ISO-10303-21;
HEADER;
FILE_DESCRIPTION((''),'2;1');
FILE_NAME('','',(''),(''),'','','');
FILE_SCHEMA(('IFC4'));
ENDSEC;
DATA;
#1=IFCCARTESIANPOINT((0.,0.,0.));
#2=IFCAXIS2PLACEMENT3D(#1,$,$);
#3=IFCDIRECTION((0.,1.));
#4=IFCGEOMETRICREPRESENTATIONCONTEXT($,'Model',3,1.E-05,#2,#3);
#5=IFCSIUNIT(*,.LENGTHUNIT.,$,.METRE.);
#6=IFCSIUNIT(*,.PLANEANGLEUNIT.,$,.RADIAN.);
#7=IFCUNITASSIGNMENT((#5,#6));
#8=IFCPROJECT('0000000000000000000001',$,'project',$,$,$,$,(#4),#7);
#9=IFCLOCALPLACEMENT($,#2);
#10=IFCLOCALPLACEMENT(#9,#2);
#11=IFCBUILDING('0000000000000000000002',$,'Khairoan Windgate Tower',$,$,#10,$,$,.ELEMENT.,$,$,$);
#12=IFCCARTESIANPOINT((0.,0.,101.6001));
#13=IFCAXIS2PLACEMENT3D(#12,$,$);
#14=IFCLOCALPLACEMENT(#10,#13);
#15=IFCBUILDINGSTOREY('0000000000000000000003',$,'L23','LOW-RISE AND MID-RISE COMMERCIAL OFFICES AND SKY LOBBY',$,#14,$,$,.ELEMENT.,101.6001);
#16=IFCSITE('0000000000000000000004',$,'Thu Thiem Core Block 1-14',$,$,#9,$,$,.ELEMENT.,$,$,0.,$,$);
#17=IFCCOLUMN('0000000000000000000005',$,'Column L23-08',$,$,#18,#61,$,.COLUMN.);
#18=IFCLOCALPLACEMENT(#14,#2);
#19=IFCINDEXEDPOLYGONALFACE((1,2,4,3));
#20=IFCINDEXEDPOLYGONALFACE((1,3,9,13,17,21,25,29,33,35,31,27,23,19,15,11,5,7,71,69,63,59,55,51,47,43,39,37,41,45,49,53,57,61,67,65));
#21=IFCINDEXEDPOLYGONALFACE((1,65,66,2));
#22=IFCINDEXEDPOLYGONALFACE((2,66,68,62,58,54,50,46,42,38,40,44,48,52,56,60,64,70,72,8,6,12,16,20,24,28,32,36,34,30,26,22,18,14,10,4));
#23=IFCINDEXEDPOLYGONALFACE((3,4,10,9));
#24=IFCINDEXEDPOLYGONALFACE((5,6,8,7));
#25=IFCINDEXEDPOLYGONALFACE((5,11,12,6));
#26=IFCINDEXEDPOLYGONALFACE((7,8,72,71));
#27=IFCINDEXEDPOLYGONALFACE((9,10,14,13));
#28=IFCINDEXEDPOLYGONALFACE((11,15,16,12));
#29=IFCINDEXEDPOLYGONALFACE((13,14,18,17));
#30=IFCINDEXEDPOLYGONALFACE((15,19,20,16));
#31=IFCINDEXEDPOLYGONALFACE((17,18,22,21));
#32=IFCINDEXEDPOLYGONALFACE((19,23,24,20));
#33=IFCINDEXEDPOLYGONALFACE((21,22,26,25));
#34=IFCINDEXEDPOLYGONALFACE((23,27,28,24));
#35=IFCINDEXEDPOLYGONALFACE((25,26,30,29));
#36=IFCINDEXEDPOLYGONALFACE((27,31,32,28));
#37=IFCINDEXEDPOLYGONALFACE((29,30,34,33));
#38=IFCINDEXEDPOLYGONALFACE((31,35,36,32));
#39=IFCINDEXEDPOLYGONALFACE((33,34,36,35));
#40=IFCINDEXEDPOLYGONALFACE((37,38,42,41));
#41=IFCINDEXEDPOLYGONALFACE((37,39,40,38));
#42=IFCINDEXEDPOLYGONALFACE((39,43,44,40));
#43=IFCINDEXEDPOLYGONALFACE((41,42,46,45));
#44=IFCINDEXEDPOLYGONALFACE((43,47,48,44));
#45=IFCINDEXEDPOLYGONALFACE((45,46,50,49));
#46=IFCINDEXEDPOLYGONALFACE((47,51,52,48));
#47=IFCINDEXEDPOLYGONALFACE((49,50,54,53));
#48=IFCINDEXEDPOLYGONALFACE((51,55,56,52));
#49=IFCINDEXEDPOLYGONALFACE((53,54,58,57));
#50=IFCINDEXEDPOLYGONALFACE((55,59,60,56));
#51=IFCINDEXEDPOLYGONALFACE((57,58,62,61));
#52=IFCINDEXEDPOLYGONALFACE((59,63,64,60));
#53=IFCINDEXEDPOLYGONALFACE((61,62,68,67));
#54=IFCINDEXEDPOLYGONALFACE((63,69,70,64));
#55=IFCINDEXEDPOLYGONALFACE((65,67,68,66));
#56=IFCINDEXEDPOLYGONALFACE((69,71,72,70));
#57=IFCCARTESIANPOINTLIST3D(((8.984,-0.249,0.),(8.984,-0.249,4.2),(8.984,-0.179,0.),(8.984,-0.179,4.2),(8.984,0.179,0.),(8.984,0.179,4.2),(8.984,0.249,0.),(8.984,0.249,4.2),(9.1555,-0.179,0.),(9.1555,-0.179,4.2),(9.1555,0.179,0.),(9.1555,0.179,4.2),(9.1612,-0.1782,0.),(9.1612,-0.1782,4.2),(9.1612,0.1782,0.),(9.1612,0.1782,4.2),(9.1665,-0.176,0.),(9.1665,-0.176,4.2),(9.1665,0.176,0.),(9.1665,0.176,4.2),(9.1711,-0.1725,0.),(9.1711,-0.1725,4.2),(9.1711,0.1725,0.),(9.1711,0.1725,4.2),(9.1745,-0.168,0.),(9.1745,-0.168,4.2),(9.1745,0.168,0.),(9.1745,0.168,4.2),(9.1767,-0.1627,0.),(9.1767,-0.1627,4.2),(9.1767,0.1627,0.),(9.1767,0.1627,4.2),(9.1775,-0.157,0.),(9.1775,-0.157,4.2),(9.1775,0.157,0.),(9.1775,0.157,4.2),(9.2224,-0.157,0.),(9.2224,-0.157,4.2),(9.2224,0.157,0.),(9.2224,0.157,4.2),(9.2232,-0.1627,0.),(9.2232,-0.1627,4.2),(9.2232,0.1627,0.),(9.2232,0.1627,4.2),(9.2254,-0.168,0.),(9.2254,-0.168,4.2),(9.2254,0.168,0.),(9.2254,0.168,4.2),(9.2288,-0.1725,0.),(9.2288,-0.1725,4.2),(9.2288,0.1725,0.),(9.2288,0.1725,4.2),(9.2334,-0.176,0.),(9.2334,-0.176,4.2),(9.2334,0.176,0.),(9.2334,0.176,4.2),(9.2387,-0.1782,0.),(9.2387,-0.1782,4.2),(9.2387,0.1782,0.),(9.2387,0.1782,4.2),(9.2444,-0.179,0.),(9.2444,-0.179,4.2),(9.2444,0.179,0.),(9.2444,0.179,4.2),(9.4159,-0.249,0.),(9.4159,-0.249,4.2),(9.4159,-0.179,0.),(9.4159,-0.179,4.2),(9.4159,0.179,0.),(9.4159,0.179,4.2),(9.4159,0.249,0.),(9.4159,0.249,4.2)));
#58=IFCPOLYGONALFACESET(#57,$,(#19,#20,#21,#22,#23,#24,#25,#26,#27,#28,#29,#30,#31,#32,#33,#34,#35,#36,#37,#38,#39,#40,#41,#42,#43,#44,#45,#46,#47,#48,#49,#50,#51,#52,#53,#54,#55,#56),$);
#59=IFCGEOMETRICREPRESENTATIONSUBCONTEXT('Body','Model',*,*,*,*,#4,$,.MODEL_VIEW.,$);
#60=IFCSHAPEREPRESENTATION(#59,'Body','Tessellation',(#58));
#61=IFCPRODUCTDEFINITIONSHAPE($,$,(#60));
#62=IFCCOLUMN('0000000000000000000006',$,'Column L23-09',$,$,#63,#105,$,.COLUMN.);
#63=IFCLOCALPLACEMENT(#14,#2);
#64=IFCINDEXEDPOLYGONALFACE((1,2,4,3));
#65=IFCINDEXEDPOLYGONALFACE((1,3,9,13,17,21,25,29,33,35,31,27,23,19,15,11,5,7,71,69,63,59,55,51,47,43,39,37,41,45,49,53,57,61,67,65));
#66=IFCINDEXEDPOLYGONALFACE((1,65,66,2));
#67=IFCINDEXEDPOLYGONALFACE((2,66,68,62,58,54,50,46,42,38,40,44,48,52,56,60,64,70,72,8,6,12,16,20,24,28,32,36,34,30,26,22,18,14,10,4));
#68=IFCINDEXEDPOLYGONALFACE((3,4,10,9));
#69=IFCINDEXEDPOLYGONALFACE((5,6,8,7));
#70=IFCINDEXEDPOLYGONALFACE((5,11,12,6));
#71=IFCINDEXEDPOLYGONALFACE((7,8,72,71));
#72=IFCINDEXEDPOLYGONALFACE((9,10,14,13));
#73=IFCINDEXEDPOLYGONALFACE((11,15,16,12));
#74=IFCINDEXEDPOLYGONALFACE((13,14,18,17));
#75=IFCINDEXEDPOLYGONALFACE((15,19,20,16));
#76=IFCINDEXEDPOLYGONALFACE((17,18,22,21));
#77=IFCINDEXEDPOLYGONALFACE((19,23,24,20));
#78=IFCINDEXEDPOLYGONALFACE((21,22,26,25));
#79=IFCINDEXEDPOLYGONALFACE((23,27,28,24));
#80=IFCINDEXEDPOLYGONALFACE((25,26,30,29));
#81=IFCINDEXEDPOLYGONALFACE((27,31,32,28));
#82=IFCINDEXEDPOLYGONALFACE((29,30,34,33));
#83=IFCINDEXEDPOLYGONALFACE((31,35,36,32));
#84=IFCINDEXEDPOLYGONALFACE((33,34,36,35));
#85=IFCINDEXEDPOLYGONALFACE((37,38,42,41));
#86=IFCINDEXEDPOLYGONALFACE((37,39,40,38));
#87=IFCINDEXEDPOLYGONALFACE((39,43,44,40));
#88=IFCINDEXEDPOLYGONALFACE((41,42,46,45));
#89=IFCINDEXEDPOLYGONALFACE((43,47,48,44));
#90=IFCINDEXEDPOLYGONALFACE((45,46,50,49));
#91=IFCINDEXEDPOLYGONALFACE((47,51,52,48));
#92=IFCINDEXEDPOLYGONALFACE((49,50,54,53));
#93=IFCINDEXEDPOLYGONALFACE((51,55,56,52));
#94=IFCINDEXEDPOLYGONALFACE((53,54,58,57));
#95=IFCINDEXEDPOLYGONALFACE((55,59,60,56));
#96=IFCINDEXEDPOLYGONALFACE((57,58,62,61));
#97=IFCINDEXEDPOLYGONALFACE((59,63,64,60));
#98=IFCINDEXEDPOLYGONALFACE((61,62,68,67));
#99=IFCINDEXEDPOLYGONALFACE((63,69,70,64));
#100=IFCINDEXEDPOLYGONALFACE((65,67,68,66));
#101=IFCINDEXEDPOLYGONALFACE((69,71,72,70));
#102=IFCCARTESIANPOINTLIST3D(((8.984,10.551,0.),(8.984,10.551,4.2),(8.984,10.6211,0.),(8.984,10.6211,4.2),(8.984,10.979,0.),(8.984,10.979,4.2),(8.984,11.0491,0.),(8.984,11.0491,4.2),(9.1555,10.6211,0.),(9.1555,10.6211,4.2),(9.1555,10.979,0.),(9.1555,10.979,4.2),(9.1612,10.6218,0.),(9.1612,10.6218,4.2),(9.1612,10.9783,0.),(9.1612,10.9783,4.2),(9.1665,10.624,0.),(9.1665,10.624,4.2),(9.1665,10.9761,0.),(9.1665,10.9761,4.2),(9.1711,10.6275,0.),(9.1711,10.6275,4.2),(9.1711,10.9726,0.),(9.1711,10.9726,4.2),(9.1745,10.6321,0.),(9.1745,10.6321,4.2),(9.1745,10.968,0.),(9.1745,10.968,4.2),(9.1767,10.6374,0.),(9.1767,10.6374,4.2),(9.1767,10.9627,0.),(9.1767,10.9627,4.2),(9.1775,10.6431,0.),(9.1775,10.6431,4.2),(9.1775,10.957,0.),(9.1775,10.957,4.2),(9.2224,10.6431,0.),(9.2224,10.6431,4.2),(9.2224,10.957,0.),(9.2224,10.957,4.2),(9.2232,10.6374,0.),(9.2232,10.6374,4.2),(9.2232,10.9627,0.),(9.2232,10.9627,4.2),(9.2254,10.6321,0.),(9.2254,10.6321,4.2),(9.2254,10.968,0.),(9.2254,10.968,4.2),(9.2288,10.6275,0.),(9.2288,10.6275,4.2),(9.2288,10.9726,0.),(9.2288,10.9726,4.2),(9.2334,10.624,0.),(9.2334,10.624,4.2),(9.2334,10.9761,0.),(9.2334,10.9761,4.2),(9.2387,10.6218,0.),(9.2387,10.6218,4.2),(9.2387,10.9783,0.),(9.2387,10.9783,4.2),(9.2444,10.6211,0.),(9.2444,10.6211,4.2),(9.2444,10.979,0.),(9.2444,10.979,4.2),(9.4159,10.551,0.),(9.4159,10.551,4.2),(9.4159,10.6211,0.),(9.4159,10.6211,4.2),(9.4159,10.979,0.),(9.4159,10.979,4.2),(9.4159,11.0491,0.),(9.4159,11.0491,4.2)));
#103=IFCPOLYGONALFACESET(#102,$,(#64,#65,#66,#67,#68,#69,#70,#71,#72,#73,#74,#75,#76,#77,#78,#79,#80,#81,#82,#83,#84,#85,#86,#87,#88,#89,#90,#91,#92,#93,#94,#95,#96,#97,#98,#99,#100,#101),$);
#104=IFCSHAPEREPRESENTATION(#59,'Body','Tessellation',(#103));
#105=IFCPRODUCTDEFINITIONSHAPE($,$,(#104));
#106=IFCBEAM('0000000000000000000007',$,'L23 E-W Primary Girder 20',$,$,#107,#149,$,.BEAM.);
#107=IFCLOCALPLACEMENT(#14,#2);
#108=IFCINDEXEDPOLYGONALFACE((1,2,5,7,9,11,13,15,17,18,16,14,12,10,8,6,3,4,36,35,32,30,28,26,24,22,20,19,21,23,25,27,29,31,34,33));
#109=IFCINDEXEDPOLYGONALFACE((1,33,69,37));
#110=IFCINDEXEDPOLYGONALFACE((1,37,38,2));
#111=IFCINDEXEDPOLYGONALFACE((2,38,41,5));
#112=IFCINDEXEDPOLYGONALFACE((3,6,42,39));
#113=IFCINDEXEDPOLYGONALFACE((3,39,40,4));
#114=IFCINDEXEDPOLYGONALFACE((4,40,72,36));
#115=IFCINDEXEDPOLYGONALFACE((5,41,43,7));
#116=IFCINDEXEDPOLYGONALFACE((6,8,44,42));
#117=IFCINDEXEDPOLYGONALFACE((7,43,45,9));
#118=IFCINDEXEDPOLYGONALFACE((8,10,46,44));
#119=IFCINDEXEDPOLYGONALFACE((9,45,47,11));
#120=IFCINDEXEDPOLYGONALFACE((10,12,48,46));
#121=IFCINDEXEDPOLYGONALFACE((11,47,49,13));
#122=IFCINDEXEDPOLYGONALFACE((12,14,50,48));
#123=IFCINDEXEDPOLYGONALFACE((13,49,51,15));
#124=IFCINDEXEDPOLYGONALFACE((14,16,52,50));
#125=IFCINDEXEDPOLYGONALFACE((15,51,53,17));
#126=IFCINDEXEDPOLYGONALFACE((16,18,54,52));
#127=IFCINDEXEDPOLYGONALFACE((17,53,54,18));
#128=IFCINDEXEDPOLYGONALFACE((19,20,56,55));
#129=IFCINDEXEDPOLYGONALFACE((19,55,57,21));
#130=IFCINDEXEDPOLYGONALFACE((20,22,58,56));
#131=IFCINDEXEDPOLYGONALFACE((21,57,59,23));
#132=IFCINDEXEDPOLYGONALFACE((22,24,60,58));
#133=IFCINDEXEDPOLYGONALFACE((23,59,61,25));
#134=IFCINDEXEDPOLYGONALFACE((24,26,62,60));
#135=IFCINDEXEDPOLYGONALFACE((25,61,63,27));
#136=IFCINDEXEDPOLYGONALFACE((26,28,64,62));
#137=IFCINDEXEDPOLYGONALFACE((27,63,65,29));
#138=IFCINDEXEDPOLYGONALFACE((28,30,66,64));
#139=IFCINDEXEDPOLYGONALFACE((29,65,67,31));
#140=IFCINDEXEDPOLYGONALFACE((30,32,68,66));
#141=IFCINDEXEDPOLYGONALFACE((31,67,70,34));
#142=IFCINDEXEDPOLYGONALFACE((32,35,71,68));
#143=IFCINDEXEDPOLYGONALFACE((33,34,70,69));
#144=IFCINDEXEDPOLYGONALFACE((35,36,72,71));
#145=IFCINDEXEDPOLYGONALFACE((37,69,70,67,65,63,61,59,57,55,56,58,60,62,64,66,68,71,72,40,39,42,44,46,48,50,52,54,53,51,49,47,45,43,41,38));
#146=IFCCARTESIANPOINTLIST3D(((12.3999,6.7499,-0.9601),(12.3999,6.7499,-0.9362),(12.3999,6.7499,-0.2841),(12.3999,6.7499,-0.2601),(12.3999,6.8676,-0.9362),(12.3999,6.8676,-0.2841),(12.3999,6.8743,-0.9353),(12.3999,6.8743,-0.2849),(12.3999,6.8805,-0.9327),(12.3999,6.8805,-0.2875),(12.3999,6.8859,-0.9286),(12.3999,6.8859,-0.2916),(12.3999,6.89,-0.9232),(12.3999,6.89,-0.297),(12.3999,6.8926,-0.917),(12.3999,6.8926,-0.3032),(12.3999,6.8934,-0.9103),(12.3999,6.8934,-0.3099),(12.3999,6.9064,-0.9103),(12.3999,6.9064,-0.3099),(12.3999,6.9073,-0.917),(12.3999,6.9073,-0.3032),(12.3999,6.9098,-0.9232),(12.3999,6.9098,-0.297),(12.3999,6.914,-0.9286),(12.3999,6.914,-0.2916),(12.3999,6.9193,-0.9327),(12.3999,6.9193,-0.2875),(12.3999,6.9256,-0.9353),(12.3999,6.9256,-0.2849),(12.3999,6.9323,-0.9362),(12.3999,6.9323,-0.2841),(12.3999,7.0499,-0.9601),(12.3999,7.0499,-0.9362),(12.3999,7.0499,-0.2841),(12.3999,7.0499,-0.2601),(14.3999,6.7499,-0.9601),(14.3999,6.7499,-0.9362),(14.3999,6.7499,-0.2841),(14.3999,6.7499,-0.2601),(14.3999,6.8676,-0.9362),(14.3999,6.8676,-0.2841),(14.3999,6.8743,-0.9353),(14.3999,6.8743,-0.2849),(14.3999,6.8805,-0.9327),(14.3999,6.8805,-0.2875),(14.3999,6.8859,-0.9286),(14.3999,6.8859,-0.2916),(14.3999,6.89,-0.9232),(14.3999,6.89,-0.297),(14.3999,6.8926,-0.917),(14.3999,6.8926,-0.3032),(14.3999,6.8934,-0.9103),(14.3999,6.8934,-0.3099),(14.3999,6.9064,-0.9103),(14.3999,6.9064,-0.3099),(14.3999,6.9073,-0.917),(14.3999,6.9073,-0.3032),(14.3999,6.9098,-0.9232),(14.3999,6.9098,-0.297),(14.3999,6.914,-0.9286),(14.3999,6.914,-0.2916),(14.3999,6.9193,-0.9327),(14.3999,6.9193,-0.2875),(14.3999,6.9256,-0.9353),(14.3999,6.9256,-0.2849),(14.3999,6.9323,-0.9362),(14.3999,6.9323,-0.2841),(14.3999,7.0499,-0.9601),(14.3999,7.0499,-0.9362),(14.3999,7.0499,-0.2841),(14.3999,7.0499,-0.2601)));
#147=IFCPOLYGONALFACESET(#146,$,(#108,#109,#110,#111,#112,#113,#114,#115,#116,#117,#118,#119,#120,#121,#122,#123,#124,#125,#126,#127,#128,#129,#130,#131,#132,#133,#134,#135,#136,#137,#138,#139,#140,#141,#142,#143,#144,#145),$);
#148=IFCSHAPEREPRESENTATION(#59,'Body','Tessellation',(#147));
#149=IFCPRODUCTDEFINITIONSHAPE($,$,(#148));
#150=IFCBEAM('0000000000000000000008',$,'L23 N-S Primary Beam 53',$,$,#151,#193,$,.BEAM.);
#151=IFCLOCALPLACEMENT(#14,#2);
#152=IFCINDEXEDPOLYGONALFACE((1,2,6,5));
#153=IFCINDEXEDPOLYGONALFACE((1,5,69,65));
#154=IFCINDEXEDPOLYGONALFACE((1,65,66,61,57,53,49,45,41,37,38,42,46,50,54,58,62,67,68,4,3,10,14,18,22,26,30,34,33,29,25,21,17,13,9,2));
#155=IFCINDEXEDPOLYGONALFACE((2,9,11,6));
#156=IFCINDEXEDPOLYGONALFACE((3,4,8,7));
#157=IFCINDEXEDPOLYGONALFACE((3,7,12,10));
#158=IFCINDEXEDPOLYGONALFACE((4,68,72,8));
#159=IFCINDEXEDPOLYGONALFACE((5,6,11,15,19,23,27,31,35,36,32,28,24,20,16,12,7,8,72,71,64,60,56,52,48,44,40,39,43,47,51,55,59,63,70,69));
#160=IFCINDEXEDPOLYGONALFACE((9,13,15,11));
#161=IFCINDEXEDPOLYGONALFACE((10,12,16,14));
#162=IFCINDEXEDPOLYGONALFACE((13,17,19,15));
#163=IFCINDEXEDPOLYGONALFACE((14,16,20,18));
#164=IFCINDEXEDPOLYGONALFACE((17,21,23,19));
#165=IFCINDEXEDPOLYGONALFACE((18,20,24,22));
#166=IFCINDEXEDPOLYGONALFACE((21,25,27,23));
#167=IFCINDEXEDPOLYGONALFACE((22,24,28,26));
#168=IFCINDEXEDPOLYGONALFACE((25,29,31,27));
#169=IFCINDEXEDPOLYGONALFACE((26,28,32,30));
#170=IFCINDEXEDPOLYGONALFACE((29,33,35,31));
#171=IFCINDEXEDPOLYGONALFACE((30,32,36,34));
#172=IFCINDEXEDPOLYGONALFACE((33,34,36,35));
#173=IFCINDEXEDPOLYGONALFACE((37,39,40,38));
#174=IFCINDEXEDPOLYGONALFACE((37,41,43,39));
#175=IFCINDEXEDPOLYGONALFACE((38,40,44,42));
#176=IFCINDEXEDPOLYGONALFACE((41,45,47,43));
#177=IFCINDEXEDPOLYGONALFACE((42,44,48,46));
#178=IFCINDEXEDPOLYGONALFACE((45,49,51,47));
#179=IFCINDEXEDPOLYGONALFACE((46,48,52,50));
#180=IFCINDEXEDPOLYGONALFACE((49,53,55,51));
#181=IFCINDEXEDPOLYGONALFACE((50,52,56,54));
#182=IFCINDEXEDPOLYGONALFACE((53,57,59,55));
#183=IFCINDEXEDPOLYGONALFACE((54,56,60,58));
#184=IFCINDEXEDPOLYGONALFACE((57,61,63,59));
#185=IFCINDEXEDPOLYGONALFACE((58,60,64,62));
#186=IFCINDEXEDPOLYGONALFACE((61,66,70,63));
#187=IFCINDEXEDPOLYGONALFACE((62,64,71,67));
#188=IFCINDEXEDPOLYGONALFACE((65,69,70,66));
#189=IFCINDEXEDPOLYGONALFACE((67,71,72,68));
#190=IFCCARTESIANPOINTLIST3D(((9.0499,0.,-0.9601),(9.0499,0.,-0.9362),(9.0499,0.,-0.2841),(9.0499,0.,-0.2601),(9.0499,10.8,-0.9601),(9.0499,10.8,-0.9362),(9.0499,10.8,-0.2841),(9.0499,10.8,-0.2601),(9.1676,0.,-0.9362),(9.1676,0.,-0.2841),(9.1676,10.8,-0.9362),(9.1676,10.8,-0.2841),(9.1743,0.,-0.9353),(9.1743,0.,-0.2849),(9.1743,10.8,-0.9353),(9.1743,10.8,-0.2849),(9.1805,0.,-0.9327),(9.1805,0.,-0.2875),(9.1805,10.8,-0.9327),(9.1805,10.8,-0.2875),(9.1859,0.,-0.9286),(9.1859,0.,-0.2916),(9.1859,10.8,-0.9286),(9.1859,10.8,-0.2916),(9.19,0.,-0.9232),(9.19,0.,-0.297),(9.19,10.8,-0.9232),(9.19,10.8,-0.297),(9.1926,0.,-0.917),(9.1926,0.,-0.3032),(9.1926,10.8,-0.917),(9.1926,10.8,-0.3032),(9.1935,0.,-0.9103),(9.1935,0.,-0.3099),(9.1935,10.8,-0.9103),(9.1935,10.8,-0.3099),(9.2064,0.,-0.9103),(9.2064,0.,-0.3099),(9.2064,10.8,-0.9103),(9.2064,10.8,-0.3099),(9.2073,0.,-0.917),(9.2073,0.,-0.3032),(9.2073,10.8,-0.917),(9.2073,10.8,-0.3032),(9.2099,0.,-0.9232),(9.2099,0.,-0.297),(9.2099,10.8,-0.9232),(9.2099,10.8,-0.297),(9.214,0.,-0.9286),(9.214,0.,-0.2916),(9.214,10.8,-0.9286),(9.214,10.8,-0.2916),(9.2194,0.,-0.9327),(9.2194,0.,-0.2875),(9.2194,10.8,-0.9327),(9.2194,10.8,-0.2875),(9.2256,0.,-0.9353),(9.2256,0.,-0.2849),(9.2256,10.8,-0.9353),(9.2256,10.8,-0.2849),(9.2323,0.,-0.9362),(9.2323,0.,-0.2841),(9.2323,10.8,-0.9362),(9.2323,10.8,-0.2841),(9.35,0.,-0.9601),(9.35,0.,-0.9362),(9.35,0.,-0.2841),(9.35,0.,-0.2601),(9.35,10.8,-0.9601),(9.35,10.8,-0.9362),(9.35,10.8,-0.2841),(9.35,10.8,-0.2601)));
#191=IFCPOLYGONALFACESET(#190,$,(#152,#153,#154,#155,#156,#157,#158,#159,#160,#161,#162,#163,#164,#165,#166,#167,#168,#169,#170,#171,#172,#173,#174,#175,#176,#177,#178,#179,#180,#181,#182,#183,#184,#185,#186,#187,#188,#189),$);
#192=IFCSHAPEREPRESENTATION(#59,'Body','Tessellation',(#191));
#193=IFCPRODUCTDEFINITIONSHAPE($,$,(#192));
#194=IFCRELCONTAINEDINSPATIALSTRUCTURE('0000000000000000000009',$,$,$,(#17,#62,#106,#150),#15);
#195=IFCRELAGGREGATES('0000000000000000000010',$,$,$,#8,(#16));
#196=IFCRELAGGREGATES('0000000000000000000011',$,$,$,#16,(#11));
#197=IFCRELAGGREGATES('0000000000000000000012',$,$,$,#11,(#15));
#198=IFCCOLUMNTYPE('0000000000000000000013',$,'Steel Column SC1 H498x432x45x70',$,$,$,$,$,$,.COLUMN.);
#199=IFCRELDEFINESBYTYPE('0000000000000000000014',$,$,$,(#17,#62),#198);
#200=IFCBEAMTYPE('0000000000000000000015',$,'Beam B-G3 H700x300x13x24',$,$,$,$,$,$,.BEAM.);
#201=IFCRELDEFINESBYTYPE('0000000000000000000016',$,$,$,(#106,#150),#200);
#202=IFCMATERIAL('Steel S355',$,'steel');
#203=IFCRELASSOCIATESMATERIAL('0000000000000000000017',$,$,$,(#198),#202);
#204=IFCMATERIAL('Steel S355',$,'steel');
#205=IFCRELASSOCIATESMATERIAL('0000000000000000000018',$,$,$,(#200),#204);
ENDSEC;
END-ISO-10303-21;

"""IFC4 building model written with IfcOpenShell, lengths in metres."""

from ifc_helpers import new_model, si_unit, direction, frame, origin, origin_2d, place, context, subcontext, project, spatial, i_section, extrude, material, material_profile, profile_set, type_object, element, save


model = new_model("IFC4")

# Units and contexts
model_context = context("Model", 3, precision=1e-05, world=origin(), true_north=direction((0.0, 1.0)))
body_context = subcontext(model_context, "Body", "Model", "MODEL_VIEW")
ifc_project = project(units=[si_unit("LENGTHUNIT", "METRE"), si_unit("PLANEANGLEUNIT", "RADIAN")], contexts=[model_context])

# Site, building, storey
site_placement = place(None, origin())
site = spatial("IfcSite", under=ifc_project, at=site_placement, Name="Thu Thiem Core Block 1-14", CompositionType="ELEMENT", RefElevation=0.0)
building_placement = place(site_placement, origin())
building = spatial("IfcBuilding", under=site, at=building_placement, Name="Khairoan Windgate Tower", CompositionType="ELEMENT")
storey_placement = place(building_placement, frame((0.0, 0.0, 101.6001)))
storey = spatial("IfcBuildingStorey", under=building, at=storey_placement, Name="L23", Description="LOW-RISE AND MID-RISE COMMERCIAL OFFICES AND SKY LOBBY", CompositionType="ELEMENT", Elevation=101.6001)

# Columns
ifc_material_1 = material(Name="Steel S355", Category="steel")
ifc_material_profile_1 = material_profile(ifc_material_1, i_section(OverallWidth=0.4319, OverallDepth=0.498, WebThickness=0.0449, FlangeThickness=0.0701, FilletRadius=0.022, at=origin_2d()))
ifc_profile_set_1 = profile_set([ifc_material_profile_1], Name="Steel S355")
column_type = type_object("IfcColumnType", Name="Steel Column SC1 H498x432x45x70", PredefinedType="COLUMN", material=ifc_profile_set_1)
for number, where, z_axis, x_axis, name in (
    (1, (9.2, 0.0, 0.0), (0.0, 0.0, 1.0), (1.0, 0.0, 0.0), "Column L23-08"),
    (2, (9.2, 10.8, 0.0), (0.0, 0.0, 1.0), (1.0, 0.0, 0.0), "Column L23-09"),
):
    element("IfcColumn", number, at=place(storey_placement, frame(where, z_axis=z_axis, x_axis=x_axis)), inside=storey, type_object=column_type, Name=name, PredefinedType="COLUMN", context=body_context, shape_type="SweptSolid", body=[
        extrude(i_section(OverallWidth=0.4319, OverallDepth=0.498, WebThickness=0.0449, FlangeThickness=0.0701, FilletRadius=0.022, at=origin_2d()), origin(), (0.0, 0.0, 1.0), 4.2),
    ])

# Beams
ifc_material_2 = material(Name="Steel S355", Category="steel")
ifc_material_profile_2 = material_profile(ifc_material_2, i_section(OverallWidth=0.3, OverallDepth=0.7, WebThickness=0.0129, FlangeThickness=0.0239, FilletRadius=0.0259, at=origin_2d()))
ifc_profile_set_2 = profile_set([ifc_material_profile_2], Name="Steel S355")
beam_type_1 = type_object("IfcBeamType", Name="Beam B-G3 H700x300x13x24", PredefinedType="BEAM", material=ifc_profile_set_2)
beam_1_placement = place(storey_placement, frame((12.3999, 6.8999, -0.6101), z_axis=(1.0, 0.0, 0.0), x_axis=(0.0, 1.0, 0.0)))
element("IfcBeam", 3, at=beam_1_placement, inside=storey, type_object=beam_type_1, Name="L23 E-W Primary Girder 20", PredefinedType="BEAM", context=body_context, shape_type="SweptSolid", body=[
    extrude(i_section(OverallWidth=0.3, OverallDepth=0.7, WebThickness=0.0129, FlangeThickness=0.0239, FilletRadius=0.0259, at=origin_2d()), origin(), (0.0, 0.0, 1.0), 2.0),
])
beam_2_placement = place(storey_placement, frame((9.2, 0.0, -0.6101), z_axis=(0.0, 1.0, 0.0), x_axis=(-1.0, 0.0, 0.0)))
element("IfcBeam", 4, at=beam_2_placement, inside=storey, type_object=beam_type_1, Name="L23 N-S Primary Beam 53", PredefinedType="BEAM", context=body_context, shape_type="SweptSolid", body=[
    extrude(i_section(OverallWidth=0.3, OverallDepth=0.7, WebThickness=0.0129, FlangeThickness=0.0239, FilletRadius=0.0259, at=origin_2d()), origin(), (0.0, 0.0, 1.0), 10.8),
])

save(model, "model.ifc")
